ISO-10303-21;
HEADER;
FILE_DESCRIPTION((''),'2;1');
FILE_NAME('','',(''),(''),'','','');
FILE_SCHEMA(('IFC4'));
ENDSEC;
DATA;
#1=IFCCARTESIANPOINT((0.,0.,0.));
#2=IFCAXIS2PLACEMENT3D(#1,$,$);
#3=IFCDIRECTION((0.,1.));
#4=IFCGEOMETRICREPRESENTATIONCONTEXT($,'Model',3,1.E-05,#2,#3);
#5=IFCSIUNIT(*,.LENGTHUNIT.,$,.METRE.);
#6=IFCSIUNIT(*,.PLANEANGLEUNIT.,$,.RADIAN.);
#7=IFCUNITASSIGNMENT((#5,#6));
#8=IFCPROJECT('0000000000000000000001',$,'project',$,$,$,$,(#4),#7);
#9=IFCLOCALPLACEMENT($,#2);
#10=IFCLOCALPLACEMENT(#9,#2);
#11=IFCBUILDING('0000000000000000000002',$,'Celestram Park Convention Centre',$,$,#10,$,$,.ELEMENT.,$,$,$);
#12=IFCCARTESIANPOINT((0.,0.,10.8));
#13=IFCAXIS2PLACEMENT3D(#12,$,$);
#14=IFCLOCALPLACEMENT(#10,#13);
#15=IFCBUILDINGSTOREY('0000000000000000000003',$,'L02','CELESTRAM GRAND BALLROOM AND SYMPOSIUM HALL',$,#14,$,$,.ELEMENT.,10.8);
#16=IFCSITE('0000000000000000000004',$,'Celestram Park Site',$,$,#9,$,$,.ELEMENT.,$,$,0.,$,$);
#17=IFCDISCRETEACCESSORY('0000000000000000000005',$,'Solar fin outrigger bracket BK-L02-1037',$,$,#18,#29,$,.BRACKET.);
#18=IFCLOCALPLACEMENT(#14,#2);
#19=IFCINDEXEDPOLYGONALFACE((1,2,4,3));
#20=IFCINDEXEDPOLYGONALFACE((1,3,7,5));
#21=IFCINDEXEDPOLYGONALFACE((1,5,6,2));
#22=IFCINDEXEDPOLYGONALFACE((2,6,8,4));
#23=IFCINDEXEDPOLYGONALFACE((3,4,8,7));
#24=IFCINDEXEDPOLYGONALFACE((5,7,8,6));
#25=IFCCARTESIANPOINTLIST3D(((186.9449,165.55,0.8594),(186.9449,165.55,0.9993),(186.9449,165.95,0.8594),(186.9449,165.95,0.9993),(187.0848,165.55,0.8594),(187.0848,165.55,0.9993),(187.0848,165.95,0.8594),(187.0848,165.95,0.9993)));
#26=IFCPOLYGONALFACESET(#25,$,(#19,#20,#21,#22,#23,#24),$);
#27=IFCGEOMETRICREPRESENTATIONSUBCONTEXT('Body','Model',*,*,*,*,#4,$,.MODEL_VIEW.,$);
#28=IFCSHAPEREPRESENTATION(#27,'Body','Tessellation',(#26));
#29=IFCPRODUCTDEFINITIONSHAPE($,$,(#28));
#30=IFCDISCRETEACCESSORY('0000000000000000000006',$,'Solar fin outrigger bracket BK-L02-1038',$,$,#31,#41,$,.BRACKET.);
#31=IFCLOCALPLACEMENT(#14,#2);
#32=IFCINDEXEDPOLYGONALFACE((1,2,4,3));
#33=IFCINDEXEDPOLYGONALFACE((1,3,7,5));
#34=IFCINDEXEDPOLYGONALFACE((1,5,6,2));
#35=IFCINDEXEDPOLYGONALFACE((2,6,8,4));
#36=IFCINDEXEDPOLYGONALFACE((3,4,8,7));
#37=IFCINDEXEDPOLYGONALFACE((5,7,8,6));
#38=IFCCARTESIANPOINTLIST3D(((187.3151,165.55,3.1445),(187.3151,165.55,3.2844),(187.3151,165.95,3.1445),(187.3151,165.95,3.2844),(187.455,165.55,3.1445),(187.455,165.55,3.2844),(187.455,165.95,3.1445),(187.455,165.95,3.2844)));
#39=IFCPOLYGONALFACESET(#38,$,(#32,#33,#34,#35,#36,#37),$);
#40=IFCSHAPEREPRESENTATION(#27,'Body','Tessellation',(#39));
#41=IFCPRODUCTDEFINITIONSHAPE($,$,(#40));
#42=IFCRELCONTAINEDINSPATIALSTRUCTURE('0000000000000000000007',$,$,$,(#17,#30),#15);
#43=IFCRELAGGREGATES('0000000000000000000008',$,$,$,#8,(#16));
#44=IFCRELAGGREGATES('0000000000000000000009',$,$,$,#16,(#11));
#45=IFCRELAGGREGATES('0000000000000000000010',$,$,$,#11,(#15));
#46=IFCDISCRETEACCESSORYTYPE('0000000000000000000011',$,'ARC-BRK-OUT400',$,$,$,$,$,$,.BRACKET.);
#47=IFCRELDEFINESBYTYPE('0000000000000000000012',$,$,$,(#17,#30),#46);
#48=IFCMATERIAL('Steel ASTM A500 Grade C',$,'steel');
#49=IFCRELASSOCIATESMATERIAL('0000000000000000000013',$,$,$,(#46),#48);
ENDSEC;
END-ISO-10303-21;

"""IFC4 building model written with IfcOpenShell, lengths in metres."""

from ifc_helpers import new_model, si_unit, direction, frame, origin, origin_2d, place, context, subcontext, project, spatial, rectangle, extrude, material, type_object, element, save


model = new_model("IFC4")

# Units and contexts
model_context = context("Model", 3, precision=1e-05, world=origin(), true_north=direction((0.0, 1.0)))
body_context = subcontext(model_context, "Body", "Model", "MODEL_VIEW")
ifc_project = project(units=[si_unit("LENGTHUNIT", "METRE"), si_unit("PLANEANGLEUNIT", "RADIAN")], contexts=[model_context])

# Site, building, storey
site_placement = place(None, origin())
site = spatial("IfcSite", under=ifc_project, at=site_placement, Name="Celestram Park Site", CompositionType="ELEMENT", RefElevation=0.0)
building_placement = place(site_placement, origin())
building = spatial("IfcBuilding", under=site, at=building_placement, Name="Celestram Park Convention Centre", CompositionType="ELEMENT")
storey_placement = place(building_placement, frame((0.0, 0.0, 10.8)))
storey = spatial("IfcBuildingStorey", under=building, at=storey_placement, Name="L02", Description="CELESTRAM GRAND BALLROOM AND SYMPOSIUM HALL", CompositionType="ELEMENT", Elevation=10.8)

# Shared definitions
ifc_material_1 = material(Name="Steel ASTM A500 Grade C", Category="steel")

# Discrete accessories
discrete_accessory_type = type_object("IfcDiscreteAccessoryType", Name="ARC-BRK-OUT400", PredefinedType="BRACKET", material=ifc_material_1)
for number, where, z_axis, x_axis, name in (
    (1, (187.0149, 165.75, 0.8594), (0.0, 0.0, 1.0), (0.0, 1.0, 0.0), "Solar fin outrigger bracket BK-L02-1037"),
    (2, (187.385, 165.75, 3.1445), (0.0, 0.0, 1.0), (0.0, 1.0, 0.0), "Solar fin outrigger bracket BK-L02-1038"),
):
    element("IfcDiscreteAccessory", number, at=place(storey_placement, frame(where, z_axis=z_axis, x_axis=x_axis)), inside=storey, type_object=discrete_accessory_type, Name=name, PredefinedType="BRACKET", context=body_context, shape_type="SweptSolid", body=[
        extrude(rectangle(XDim=0.3999, YDim=0.1399, at=origin_2d()), origin(), (0.0, 0.0, 1.0), 0.1399),
    ])

save(model, "model.ifc")
